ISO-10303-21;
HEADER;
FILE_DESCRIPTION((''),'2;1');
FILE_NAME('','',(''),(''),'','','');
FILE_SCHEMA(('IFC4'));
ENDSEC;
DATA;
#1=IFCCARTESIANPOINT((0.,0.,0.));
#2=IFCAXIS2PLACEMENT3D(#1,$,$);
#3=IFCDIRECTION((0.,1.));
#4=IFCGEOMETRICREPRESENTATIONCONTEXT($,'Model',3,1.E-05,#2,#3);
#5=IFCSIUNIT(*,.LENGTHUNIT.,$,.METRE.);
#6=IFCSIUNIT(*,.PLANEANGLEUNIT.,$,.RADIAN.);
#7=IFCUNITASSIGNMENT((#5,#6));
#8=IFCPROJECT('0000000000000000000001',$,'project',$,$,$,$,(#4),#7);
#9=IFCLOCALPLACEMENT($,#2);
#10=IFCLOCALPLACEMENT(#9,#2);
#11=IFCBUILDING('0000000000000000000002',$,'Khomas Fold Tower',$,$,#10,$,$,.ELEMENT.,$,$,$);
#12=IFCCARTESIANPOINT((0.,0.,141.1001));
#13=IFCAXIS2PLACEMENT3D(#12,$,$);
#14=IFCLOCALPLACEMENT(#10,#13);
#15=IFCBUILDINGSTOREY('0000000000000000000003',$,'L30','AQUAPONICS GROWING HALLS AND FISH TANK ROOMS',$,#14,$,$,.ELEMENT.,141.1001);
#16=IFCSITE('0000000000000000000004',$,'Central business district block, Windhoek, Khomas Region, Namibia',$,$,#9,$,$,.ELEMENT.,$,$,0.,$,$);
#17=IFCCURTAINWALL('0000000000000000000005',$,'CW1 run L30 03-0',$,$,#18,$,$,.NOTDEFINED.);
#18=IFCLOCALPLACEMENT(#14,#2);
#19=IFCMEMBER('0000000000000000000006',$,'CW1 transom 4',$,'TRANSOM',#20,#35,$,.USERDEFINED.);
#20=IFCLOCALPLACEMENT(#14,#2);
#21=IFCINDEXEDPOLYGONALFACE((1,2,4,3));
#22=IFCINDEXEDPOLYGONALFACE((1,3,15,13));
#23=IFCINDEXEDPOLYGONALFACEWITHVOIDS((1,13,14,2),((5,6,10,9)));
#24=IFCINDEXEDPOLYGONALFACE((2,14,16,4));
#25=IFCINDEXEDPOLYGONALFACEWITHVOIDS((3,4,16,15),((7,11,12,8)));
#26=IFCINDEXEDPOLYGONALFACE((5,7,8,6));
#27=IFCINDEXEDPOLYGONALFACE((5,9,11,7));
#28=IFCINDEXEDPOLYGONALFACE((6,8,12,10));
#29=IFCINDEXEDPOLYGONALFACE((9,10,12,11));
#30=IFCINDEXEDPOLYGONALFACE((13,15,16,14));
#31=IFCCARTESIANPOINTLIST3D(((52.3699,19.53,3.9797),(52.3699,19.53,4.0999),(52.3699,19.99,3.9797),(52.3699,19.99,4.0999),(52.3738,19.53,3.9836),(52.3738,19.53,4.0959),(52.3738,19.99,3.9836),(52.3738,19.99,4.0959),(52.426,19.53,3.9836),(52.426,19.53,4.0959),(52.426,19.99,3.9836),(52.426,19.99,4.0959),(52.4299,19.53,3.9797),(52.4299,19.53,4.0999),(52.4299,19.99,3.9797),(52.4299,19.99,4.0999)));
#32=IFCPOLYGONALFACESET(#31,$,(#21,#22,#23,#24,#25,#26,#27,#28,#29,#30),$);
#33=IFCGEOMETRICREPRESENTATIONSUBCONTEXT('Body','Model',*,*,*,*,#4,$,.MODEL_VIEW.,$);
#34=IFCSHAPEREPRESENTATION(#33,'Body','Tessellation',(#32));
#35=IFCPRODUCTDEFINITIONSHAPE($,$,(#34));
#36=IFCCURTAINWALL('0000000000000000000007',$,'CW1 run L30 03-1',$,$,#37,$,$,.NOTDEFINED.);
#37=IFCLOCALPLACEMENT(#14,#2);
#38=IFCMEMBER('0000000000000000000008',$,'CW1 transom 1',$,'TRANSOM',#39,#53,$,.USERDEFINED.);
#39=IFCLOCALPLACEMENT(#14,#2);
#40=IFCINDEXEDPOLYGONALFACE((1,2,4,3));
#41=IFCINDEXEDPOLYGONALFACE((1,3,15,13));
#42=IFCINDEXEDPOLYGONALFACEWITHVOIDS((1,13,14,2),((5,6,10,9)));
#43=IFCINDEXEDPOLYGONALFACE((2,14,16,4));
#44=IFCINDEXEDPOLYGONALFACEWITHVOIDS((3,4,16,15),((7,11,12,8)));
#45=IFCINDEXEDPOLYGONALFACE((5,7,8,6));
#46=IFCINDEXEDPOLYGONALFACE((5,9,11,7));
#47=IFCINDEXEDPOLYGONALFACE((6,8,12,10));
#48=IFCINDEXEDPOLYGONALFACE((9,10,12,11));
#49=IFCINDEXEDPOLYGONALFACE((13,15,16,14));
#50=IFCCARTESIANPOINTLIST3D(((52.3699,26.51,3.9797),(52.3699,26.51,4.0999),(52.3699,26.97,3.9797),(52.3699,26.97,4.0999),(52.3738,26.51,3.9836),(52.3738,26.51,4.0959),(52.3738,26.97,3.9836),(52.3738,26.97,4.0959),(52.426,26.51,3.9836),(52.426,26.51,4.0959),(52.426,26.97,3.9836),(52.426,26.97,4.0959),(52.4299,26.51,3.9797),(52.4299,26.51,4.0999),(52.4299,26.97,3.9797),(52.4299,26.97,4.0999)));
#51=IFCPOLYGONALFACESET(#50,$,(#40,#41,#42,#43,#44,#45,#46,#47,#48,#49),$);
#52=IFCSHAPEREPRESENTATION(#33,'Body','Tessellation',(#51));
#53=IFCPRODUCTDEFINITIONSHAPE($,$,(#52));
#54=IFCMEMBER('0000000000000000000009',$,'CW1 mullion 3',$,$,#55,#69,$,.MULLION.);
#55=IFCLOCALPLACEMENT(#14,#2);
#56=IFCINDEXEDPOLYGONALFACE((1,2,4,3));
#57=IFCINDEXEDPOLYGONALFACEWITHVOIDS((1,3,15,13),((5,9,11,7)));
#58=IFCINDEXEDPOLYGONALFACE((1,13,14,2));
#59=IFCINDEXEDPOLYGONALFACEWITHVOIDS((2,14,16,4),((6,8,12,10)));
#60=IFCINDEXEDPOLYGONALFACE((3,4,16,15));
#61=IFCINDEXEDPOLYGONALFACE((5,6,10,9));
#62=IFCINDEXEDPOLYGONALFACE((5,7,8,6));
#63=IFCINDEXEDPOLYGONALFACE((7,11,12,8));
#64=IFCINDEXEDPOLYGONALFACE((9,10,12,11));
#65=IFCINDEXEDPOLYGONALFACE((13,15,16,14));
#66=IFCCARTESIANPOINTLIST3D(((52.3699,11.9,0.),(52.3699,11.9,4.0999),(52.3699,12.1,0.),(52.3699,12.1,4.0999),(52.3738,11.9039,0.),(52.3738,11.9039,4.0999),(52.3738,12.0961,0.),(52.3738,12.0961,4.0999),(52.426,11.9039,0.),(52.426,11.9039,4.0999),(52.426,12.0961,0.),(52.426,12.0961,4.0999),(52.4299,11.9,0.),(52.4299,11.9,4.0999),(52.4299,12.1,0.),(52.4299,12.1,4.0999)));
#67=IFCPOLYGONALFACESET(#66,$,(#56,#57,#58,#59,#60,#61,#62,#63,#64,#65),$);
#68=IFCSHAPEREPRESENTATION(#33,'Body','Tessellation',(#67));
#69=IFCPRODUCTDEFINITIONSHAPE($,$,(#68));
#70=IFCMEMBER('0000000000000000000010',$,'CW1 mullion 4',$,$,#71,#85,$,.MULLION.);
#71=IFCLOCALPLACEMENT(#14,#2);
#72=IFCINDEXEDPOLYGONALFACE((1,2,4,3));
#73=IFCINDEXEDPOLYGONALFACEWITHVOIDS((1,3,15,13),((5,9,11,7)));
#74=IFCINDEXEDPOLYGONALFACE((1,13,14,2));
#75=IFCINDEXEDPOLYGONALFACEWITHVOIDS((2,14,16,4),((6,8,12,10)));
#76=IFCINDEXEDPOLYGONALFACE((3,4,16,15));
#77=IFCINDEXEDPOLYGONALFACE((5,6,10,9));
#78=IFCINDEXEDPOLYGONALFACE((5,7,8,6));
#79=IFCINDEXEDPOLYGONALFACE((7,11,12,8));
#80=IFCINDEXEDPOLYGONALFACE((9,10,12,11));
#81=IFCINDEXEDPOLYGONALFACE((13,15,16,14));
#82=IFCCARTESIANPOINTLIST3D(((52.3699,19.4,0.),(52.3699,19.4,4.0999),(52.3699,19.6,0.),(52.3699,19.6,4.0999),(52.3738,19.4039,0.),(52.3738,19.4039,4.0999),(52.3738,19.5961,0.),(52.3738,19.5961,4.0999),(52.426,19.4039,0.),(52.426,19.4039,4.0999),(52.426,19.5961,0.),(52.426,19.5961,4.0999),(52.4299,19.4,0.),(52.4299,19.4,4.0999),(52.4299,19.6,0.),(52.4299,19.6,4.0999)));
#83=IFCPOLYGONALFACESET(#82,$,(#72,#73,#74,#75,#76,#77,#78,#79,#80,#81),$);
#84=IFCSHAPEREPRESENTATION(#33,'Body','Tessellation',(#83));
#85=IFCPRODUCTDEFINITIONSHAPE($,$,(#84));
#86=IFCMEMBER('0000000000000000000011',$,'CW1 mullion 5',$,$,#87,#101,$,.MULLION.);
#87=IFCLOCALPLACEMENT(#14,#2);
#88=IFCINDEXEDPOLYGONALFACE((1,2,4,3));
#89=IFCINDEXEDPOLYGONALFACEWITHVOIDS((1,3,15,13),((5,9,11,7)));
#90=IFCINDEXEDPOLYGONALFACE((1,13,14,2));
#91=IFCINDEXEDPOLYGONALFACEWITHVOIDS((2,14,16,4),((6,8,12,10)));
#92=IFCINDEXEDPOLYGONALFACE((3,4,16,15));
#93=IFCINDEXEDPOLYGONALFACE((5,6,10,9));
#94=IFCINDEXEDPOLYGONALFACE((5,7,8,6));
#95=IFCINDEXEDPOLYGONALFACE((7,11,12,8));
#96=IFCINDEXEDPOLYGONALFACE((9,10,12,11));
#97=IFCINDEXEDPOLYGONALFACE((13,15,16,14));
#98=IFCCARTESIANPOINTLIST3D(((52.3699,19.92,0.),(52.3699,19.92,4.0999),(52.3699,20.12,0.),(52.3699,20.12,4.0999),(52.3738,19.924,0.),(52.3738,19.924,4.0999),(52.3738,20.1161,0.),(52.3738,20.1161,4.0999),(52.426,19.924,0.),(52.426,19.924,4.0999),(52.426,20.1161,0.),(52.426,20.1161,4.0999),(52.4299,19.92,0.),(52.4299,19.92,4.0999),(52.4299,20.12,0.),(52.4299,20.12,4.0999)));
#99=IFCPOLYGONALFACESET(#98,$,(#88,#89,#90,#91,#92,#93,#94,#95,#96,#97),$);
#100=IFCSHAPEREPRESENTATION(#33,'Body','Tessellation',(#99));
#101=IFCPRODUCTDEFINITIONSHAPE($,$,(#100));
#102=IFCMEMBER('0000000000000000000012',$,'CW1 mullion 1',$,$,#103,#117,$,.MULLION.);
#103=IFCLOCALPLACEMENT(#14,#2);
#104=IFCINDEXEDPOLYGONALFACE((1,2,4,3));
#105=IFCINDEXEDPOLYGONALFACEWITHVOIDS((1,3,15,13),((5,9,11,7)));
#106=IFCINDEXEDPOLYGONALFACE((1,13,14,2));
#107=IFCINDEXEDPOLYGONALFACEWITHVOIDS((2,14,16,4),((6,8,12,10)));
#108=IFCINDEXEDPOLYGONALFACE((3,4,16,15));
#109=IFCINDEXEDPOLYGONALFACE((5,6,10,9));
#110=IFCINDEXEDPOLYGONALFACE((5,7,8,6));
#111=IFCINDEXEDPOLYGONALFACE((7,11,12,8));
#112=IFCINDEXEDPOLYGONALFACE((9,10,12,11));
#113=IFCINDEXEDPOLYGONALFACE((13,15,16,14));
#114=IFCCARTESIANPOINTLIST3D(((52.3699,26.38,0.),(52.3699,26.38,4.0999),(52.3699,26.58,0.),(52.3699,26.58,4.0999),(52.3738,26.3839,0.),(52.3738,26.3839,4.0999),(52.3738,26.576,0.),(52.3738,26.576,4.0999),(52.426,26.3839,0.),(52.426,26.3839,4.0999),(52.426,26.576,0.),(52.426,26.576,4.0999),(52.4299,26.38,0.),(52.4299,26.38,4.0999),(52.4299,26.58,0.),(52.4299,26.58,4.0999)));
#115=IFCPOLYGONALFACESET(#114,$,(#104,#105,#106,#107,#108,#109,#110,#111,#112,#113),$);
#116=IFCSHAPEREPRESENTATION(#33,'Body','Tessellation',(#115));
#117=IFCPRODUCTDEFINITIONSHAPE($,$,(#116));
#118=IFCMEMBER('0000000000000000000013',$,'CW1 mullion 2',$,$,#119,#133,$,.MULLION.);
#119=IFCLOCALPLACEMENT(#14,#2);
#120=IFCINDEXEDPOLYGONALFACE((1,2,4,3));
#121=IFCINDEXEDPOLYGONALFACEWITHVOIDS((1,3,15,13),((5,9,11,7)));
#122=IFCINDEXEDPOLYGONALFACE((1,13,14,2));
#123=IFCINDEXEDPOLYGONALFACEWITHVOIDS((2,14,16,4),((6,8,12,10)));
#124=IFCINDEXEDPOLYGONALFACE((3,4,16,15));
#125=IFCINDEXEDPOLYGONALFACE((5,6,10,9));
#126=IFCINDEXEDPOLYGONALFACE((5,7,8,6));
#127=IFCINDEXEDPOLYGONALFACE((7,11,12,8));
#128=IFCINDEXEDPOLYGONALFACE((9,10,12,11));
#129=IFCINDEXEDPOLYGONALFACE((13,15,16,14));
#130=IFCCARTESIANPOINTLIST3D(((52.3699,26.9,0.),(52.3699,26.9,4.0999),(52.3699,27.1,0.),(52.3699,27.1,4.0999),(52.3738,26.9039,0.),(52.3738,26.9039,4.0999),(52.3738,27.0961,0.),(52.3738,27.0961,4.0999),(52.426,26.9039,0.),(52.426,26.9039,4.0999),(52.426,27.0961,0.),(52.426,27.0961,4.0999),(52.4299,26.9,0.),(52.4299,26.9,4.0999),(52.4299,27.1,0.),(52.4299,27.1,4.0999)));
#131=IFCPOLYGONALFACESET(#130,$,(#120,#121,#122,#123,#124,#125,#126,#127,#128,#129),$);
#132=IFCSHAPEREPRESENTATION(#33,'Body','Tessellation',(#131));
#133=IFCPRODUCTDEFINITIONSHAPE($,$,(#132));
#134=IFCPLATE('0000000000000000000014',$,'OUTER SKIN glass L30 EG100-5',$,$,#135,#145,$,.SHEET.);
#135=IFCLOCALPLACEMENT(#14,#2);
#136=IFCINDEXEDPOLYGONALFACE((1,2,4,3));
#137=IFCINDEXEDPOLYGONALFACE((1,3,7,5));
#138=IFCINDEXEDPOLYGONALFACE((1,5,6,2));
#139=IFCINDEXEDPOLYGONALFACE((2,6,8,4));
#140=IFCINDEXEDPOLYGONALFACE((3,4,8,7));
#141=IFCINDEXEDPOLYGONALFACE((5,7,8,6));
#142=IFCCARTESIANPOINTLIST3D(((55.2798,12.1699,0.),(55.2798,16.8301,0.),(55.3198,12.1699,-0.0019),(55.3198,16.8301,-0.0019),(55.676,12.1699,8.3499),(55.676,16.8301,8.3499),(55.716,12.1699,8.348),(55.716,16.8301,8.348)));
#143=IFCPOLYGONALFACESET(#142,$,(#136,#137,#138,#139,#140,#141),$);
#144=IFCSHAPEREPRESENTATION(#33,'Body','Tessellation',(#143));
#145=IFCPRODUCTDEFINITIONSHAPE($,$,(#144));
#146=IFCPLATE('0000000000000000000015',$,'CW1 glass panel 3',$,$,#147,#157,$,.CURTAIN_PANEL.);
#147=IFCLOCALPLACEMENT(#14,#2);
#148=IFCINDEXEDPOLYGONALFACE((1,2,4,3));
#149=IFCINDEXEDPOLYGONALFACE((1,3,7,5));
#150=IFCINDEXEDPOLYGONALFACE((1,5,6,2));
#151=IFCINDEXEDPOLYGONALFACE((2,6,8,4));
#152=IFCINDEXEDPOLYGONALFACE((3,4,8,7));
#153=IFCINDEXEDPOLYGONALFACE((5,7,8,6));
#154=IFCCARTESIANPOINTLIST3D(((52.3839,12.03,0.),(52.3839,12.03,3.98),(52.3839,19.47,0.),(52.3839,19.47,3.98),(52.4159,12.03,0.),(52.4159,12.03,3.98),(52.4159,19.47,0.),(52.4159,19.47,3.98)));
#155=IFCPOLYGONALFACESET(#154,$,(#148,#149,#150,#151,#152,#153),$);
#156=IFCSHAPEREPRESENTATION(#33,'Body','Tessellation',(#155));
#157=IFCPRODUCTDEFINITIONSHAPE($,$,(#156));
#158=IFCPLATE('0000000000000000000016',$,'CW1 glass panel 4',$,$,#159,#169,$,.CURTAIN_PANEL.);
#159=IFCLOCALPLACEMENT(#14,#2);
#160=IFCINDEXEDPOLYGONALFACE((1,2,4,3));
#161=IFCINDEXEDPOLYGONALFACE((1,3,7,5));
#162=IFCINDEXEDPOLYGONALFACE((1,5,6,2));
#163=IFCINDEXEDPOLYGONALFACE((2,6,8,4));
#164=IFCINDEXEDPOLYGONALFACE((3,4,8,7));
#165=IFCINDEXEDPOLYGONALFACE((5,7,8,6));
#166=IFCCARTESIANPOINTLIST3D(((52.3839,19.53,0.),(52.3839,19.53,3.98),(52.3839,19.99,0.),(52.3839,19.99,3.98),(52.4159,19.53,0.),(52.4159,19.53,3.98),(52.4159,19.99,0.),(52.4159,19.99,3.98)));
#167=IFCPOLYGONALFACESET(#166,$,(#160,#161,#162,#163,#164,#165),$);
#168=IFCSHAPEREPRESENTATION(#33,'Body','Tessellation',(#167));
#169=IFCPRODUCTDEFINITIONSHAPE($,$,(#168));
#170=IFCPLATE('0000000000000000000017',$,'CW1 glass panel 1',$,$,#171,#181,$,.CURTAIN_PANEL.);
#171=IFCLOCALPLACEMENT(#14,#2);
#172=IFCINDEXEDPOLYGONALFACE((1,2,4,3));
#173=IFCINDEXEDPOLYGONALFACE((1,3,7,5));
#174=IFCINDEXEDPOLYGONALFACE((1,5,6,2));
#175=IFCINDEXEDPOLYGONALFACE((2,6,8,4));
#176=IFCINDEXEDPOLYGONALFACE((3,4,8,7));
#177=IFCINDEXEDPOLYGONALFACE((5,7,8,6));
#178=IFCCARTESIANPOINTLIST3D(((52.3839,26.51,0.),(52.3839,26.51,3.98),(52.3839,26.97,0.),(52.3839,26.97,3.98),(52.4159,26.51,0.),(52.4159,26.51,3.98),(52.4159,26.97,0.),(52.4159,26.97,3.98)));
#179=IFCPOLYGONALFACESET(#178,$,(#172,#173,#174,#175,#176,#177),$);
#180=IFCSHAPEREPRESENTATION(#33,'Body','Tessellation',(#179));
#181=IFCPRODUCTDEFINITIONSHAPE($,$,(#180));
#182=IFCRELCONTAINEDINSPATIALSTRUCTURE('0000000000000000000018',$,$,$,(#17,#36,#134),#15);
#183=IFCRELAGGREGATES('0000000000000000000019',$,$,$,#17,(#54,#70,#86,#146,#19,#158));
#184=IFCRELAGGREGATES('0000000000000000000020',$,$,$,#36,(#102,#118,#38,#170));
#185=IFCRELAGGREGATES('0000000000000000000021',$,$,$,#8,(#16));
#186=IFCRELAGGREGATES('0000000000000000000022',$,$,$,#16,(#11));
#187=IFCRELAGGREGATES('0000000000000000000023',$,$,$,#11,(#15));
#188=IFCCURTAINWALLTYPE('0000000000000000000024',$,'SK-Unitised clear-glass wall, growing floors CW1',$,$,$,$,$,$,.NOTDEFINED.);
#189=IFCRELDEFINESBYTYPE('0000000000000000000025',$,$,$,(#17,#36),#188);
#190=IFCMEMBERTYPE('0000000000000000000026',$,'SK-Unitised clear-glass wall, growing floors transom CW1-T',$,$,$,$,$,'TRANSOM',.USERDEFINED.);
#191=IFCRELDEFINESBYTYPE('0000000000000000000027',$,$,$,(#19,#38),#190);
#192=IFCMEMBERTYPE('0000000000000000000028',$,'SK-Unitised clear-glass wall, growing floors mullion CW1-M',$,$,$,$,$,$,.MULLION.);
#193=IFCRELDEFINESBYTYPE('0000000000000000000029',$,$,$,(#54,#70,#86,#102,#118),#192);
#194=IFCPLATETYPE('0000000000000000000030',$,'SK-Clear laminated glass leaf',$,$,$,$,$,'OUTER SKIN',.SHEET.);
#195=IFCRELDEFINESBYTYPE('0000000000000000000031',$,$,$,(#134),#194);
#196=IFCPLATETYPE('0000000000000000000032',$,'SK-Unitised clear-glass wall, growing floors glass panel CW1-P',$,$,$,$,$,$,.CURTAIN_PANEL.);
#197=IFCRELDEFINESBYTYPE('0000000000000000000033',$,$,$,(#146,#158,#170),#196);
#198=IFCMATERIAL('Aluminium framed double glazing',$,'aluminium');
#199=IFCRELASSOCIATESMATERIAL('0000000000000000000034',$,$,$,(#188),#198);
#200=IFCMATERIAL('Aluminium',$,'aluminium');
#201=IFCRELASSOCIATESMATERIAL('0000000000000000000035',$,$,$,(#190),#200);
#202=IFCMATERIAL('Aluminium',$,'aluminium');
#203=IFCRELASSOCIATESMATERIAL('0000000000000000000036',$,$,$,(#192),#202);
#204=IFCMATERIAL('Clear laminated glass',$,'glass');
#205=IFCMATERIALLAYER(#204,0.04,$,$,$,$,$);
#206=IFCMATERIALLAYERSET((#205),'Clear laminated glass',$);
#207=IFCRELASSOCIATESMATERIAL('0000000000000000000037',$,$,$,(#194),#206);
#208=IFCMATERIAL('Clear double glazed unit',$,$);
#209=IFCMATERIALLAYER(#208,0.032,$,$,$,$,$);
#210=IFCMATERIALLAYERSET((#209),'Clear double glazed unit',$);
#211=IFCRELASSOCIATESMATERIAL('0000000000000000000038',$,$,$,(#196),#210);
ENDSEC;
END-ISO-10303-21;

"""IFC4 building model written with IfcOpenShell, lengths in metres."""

from ifc_helpers import new_model, si_unit, direction, frame, origin, origin_2d, place, context, subcontext, project, spatial, polyline, rectangle, hollow_rectangle, outline, extrude, source, transform, mapped, material, layer, layer_set, material_profile, profile_set, type_object, element, aggregate, save


model = new_model("IFC4")

# Units and contexts
model_context = context("Model", 3, precision=1e-05, world=origin(), true_north=direction((0.0, 1.0)))
body_context = subcontext(model_context, "Body", "Model", "MODEL_VIEW")
ifc_project = project(units=[si_unit("LENGTHUNIT", "METRE"), si_unit("PLANEANGLEUNIT", "RADIAN")], contexts=[model_context])

# Site, building, storey
site_placement = place(None, origin())
site = spatial("IfcSite", under=ifc_project, at=site_placement, Name="Central business district block, Windhoek, Khomas Region, Namibia", CompositionType="ELEMENT", RefElevation=0.0)
building_placement = place(site_placement, origin())
building = spatial("IfcBuilding", under=site, at=building_placement, Name="Khomas Fold Tower", CompositionType="ELEMENT")
storey_placement = place(building_placement, frame((0.0, 0.0, 141.1001)))
storey = spatial("IfcBuildingStorey", under=building, at=storey_placement, Name="L30", Description="AQUAPONICS GROWING HALLS AND FISH TANK ROOMS", CompositionType="ELEMENT", Elevation=141.1001)

# Curtain wall, member
ifc_material_1 = material(Name="Aluminium framed double glazing", Category="aluminium")
curtain_wall_type = type_object("IfcCurtainWallType", Name="SK-Unitised clear-glass wall, growing floors CW1", PredefinedType="NOTDEFINED", material=ifc_material_1)
curtain_wall_1_placement = place(storey_placement, origin())
curtain_wall_1 = element("IfcCurtainWall", 1, at=curtain_wall_1_placement, inside=storey, type_object=curtain_wall_type, Name="CW1 run L30 03-0", PredefinedType="NOTDEFINED")
ifc_material_2 = material(Name="Aluminium", Category="aluminium")
ifc_material_profile_1 = material_profile(ifc_material_2, hollow_rectangle(XDim=0.0601, YDim=0.1201, WallThickness=0.0039, at=origin_2d()), Name="SK-Unitised clear-glass wall, growing floors transom CW1-T")
ifc_profile_set_1 = profile_set([ifc_material_profile_1], Name="Aluminium")
member_type_1 = type_object("IfcMemberType", Name="SK-Unitised clear-glass wall, growing floors transom CW1-T", ElementType="TRANSOM", PredefinedType="USERDEFINED", material=ifc_profile_set_1)
shared_shape_1 = source(origin(), body_context, "Body", "SweptSolid", [
    extrude(hollow_rectangle(XDim=0.0601, YDim=0.1201, WallThickness=0.0039, at=origin_2d()), origin(), (0.0, 0.0, 1.0), 0.46),
])
member_1_placement = place(storey_placement, frame((52.3999, 19.53, 4.0398), z_axis=(0.0, 1.0, 0.0), x_axis=(-1.0, 0.0, 0.0)))
member_1 = element("IfcMember", 2, at=member_1_placement, type_object=member_type_1, Name="CW1 transom 4", ObjectType="TRANSOM", PredefinedType="USERDEFINED", context=body_context, shape_type="MappedRepresentation", body=[
    mapped(shared_shape_1, transform((0.0, 0.0, 0.0))),
])

# Curtain wall, member
curtain_wall_2_placement = place(storey_placement, origin())
curtain_wall_2 = element("IfcCurtainWall", 3, at=curtain_wall_2_placement, inside=storey, type_object=curtain_wall_type, Name="CW1 run L30 03-1", PredefinedType="NOTDEFINED")
member_2_placement = place(storey_placement, frame((52.3999, 26.51, 4.0398), z_axis=(0.0, 1.0, 0.0), x_axis=(-1.0, 0.0, 0.0)))
member_2 = element("IfcMember", 4, at=member_2_placement, type_object=member_type_1, Name="CW1 transom 1", ObjectType="TRANSOM", PredefinedType="USERDEFINED", context=body_context, shape_type="MappedRepresentation", body=[
    mapped(shared_shape_1, transform((0.0, 0.0, 0.0))),
])

# Members
ifc_material_3 = material(Name="Aluminium", Category="aluminium")
ifc_material_profile_2 = material_profile(ifc_material_3, hollow_rectangle(XDim=0.0601, YDim=0.2, WallThickness=0.0039, at=origin_2d()), Name="SK-Unitised clear-glass wall, growing floors mullion CW1-M")
ifc_profile_set_2 = profile_set([ifc_material_profile_2], Name="Aluminium")
member_type_2 = type_object("IfcMemberType", Name="SK-Unitised clear-glass wall, growing floors mullion CW1-M", PredefinedType="MULLION", material=ifc_profile_set_2)
shared_shape_2 = source(origin(), body_context, "Body", "SweptSolid", [
    extrude(hollow_rectangle(XDim=0.0601, YDim=0.2, WallThickness=0.0039, at=origin_2d()), origin(), (0.0, 0.0, 1.0), 4.0999),
])
member_3_placement = place(storey_placement, frame((52.3999, 12.0, 0.0), z_axis=(0.0, 0.0, 1.0), x_axis=(-1.0, 0.0, 0.0)))
member_3 = element("IfcMember", 5, at=member_3_placement, type_object=member_type_2, Name="CW1 mullion 3", PredefinedType="MULLION", context=body_context, shape_type="MappedRepresentation", body=[
    mapped(shared_shape_2, transform((0.0, 0.0, 0.0))),
])
member_4_placement = place(storey_placement, frame((52.3999, 19.5, 0.0), z_axis=(0.0, 0.0, 1.0), x_axis=(-1.0, 0.0, 0.0)))
member_4 = element("IfcMember", 6, at=member_4_placement, type_object=member_type_2, Name="CW1 mullion 4", PredefinedType="MULLION", context=body_context, shape_type="MappedRepresentation", body=[
    mapped(shared_shape_2, transform((0.0, 0.0, 0.0))),
])
member_5_placement = place(storey_placement, frame((52.3999, 20.02, 0.0), z_axis=(0.0, 0.0, 1.0), x_axis=(-1.0, 0.0, 0.0)))
member_5 = element("IfcMember", 7, at=member_5_placement, type_object=member_type_2, Name="CW1 mullion 5", PredefinedType="MULLION", context=body_context, shape_type="MappedRepresentation", body=[
    mapped(shared_shape_2, transform((0.0, 0.0, 0.0))),
])
member_6_placement = place(storey_placement, frame((52.3999, 26.48, 0.0), z_axis=(0.0, 0.0, 1.0), x_axis=(-1.0, 0.0, 0.0)))
member_6 = element("IfcMember", 8, at=member_6_placement, type_object=member_type_2, Name="CW1 mullion 1", PredefinedType="MULLION", context=body_context, shape_type="MappedRepresentation", body=[
    mapped(shared_shape_2, transform((0.0, 0.0, 0.0))),
])
member_7_placement = place(storey_placement, frame((52.3999, 27.0, 0.0), z_axis=(0.0, 0.0, 1.0), x_axis=(-1.0, 0.0, 0.0)))
member_7 = element("IfcMember", 9, at=member_7_placement, type_object=member_type_2, Name="CW1 mullion 2", PredefinedType="MULLION", context=body_context, shape_type="MappedRepresentation", body=[
    mapped(shared_shape_2, transform((0.0, 0.0, 0.0))),
])

# Plates
ifc_material_4 = material(Name="Clear laminated glass", Category="glass")
ifc_layer_1 = layer(ifc_material_4, 0.04)
ifc_layer_set_1 = layer_set([ifc_layer_1], Name="Clear laminated glass")
plate_type_1 = type_object("IfcPlateType", Name="SK-Clear laminated glass leaf", ElementType="OUTER SKIN", PredefinedType="SHEET", material=ifc_layer_set_1)
plate_1_placement = place(storey_placement, frame((55.2798, 12.1699, 0.0), z_axis=(-0.998876, 0.0, 0.047401), x_axis=(0.047401, 0.0, 0.998876)))
element("IfcPlate", 10, at=plate_1_placement, inside=storey, type_object=plate_type_1, Name="OUTER SKIN glass L30 EG100-5", PredefinedType="SHEET", context=body_context, shape_type="SweptSolid", body=[
    extrude(outline(polyline([(0.0, 0.0), (8.3592, 0.0), (8.3592, 4.6602), (0.0, 4.6602), (0.0, 0.0)])), origin(), (0.0, 0.0, -1.0), 0.04),
])
ifc_material_5 = material(Name="Clear double glazed unit")
ifc_layer_2 = layer(ifc_material_5, 0.032)
ifc_layer_set_2 = layer_set([ifc_layer_2], Name="Clear double glazed unit")
plate_type_2 = type_object("IfcPlateType", Name="SK-Unitised clear-glass wall, growing floors glass panel CW1-P", PredefinedType="CURTAIN_PANEL", material=ifc_layer_set_2)
shared_shape_3 = source(origin(), body_context, "Body", "SweptSolid", [
    extrude(rectangle(XDim=7.4399, YDim=0.032, at=origin_2d()), origin(), (0.0, 0.0, 1.0), 3.98),
])
plate_2_placement = place(storey_placement, frame((52.3999, 15.75, 0.0), z_axis=(0.0, 0.0, 1.0), x_axis=(0.0, 1.0, 0.0)))
plate_2 = element("IfcPlate", 11, at=plate_2_placement, type_object=plate_type_2, Name="CW1 glass panel 3", PredefinedType="CURTAIN_PANEL", context=body_context, shape_type="MappedRepresentation", body=[
    mapped(shared_shape_3, transform((0.0, 0.0, 0.0))),
])
shared_shape_4 = source(origin(), body_context, "Body", "SweptSolid", [
    extrude(rectangle(XDim=0.46, YDim=0.032, at=origin_2d()), origin(), (0.0, 0.0, 1.0), 3.98),
])
plate_3_placement = place(storey_placement, frame((52.3999, 19.76, 0.0), z_axis=(0.0, 0.0, 1.0), x_axis=(0.0, 1.0, 0.0)))
plate_3 = element("IfcPlate", 12, at=plate_3_placement, type_object=plate_type_2, Name="CW1 glass panel 4", PredefinedType="CURTAIN_PANEL", context=body_context, shape_type="MappedRepresentation", body=[
    mapped(shared_shape_4, transform((0.0, 0.0, 0.0))),
])
aggregate(curtain_wall_1, [member_3, member_4, member_5, plate_2, member_1, plate_3])
plate_4_placement = place(storey_placement, frame((52.3999, 26.74, 0.0), z_axis=(0.0, 0.0, 1.0), x_axis=(0.0, 1.0, 0.0)))
plate_4 = element("IfcPlate", 13, at=plate_4_placement, type_object=plate_type_2, Name="CW1 glass panel 1", PredefinedType="CURTAIN_PANEL", context=body_context, shape_type="MappedRepresentation", body=[
    mapped(shared_shape_4, transform((0.0, 0.0, 0.0))),
])
aggregate(curtain_wall_2, [member_6, member_7, member_2, plate_4])

save(model, "model.ifc")
